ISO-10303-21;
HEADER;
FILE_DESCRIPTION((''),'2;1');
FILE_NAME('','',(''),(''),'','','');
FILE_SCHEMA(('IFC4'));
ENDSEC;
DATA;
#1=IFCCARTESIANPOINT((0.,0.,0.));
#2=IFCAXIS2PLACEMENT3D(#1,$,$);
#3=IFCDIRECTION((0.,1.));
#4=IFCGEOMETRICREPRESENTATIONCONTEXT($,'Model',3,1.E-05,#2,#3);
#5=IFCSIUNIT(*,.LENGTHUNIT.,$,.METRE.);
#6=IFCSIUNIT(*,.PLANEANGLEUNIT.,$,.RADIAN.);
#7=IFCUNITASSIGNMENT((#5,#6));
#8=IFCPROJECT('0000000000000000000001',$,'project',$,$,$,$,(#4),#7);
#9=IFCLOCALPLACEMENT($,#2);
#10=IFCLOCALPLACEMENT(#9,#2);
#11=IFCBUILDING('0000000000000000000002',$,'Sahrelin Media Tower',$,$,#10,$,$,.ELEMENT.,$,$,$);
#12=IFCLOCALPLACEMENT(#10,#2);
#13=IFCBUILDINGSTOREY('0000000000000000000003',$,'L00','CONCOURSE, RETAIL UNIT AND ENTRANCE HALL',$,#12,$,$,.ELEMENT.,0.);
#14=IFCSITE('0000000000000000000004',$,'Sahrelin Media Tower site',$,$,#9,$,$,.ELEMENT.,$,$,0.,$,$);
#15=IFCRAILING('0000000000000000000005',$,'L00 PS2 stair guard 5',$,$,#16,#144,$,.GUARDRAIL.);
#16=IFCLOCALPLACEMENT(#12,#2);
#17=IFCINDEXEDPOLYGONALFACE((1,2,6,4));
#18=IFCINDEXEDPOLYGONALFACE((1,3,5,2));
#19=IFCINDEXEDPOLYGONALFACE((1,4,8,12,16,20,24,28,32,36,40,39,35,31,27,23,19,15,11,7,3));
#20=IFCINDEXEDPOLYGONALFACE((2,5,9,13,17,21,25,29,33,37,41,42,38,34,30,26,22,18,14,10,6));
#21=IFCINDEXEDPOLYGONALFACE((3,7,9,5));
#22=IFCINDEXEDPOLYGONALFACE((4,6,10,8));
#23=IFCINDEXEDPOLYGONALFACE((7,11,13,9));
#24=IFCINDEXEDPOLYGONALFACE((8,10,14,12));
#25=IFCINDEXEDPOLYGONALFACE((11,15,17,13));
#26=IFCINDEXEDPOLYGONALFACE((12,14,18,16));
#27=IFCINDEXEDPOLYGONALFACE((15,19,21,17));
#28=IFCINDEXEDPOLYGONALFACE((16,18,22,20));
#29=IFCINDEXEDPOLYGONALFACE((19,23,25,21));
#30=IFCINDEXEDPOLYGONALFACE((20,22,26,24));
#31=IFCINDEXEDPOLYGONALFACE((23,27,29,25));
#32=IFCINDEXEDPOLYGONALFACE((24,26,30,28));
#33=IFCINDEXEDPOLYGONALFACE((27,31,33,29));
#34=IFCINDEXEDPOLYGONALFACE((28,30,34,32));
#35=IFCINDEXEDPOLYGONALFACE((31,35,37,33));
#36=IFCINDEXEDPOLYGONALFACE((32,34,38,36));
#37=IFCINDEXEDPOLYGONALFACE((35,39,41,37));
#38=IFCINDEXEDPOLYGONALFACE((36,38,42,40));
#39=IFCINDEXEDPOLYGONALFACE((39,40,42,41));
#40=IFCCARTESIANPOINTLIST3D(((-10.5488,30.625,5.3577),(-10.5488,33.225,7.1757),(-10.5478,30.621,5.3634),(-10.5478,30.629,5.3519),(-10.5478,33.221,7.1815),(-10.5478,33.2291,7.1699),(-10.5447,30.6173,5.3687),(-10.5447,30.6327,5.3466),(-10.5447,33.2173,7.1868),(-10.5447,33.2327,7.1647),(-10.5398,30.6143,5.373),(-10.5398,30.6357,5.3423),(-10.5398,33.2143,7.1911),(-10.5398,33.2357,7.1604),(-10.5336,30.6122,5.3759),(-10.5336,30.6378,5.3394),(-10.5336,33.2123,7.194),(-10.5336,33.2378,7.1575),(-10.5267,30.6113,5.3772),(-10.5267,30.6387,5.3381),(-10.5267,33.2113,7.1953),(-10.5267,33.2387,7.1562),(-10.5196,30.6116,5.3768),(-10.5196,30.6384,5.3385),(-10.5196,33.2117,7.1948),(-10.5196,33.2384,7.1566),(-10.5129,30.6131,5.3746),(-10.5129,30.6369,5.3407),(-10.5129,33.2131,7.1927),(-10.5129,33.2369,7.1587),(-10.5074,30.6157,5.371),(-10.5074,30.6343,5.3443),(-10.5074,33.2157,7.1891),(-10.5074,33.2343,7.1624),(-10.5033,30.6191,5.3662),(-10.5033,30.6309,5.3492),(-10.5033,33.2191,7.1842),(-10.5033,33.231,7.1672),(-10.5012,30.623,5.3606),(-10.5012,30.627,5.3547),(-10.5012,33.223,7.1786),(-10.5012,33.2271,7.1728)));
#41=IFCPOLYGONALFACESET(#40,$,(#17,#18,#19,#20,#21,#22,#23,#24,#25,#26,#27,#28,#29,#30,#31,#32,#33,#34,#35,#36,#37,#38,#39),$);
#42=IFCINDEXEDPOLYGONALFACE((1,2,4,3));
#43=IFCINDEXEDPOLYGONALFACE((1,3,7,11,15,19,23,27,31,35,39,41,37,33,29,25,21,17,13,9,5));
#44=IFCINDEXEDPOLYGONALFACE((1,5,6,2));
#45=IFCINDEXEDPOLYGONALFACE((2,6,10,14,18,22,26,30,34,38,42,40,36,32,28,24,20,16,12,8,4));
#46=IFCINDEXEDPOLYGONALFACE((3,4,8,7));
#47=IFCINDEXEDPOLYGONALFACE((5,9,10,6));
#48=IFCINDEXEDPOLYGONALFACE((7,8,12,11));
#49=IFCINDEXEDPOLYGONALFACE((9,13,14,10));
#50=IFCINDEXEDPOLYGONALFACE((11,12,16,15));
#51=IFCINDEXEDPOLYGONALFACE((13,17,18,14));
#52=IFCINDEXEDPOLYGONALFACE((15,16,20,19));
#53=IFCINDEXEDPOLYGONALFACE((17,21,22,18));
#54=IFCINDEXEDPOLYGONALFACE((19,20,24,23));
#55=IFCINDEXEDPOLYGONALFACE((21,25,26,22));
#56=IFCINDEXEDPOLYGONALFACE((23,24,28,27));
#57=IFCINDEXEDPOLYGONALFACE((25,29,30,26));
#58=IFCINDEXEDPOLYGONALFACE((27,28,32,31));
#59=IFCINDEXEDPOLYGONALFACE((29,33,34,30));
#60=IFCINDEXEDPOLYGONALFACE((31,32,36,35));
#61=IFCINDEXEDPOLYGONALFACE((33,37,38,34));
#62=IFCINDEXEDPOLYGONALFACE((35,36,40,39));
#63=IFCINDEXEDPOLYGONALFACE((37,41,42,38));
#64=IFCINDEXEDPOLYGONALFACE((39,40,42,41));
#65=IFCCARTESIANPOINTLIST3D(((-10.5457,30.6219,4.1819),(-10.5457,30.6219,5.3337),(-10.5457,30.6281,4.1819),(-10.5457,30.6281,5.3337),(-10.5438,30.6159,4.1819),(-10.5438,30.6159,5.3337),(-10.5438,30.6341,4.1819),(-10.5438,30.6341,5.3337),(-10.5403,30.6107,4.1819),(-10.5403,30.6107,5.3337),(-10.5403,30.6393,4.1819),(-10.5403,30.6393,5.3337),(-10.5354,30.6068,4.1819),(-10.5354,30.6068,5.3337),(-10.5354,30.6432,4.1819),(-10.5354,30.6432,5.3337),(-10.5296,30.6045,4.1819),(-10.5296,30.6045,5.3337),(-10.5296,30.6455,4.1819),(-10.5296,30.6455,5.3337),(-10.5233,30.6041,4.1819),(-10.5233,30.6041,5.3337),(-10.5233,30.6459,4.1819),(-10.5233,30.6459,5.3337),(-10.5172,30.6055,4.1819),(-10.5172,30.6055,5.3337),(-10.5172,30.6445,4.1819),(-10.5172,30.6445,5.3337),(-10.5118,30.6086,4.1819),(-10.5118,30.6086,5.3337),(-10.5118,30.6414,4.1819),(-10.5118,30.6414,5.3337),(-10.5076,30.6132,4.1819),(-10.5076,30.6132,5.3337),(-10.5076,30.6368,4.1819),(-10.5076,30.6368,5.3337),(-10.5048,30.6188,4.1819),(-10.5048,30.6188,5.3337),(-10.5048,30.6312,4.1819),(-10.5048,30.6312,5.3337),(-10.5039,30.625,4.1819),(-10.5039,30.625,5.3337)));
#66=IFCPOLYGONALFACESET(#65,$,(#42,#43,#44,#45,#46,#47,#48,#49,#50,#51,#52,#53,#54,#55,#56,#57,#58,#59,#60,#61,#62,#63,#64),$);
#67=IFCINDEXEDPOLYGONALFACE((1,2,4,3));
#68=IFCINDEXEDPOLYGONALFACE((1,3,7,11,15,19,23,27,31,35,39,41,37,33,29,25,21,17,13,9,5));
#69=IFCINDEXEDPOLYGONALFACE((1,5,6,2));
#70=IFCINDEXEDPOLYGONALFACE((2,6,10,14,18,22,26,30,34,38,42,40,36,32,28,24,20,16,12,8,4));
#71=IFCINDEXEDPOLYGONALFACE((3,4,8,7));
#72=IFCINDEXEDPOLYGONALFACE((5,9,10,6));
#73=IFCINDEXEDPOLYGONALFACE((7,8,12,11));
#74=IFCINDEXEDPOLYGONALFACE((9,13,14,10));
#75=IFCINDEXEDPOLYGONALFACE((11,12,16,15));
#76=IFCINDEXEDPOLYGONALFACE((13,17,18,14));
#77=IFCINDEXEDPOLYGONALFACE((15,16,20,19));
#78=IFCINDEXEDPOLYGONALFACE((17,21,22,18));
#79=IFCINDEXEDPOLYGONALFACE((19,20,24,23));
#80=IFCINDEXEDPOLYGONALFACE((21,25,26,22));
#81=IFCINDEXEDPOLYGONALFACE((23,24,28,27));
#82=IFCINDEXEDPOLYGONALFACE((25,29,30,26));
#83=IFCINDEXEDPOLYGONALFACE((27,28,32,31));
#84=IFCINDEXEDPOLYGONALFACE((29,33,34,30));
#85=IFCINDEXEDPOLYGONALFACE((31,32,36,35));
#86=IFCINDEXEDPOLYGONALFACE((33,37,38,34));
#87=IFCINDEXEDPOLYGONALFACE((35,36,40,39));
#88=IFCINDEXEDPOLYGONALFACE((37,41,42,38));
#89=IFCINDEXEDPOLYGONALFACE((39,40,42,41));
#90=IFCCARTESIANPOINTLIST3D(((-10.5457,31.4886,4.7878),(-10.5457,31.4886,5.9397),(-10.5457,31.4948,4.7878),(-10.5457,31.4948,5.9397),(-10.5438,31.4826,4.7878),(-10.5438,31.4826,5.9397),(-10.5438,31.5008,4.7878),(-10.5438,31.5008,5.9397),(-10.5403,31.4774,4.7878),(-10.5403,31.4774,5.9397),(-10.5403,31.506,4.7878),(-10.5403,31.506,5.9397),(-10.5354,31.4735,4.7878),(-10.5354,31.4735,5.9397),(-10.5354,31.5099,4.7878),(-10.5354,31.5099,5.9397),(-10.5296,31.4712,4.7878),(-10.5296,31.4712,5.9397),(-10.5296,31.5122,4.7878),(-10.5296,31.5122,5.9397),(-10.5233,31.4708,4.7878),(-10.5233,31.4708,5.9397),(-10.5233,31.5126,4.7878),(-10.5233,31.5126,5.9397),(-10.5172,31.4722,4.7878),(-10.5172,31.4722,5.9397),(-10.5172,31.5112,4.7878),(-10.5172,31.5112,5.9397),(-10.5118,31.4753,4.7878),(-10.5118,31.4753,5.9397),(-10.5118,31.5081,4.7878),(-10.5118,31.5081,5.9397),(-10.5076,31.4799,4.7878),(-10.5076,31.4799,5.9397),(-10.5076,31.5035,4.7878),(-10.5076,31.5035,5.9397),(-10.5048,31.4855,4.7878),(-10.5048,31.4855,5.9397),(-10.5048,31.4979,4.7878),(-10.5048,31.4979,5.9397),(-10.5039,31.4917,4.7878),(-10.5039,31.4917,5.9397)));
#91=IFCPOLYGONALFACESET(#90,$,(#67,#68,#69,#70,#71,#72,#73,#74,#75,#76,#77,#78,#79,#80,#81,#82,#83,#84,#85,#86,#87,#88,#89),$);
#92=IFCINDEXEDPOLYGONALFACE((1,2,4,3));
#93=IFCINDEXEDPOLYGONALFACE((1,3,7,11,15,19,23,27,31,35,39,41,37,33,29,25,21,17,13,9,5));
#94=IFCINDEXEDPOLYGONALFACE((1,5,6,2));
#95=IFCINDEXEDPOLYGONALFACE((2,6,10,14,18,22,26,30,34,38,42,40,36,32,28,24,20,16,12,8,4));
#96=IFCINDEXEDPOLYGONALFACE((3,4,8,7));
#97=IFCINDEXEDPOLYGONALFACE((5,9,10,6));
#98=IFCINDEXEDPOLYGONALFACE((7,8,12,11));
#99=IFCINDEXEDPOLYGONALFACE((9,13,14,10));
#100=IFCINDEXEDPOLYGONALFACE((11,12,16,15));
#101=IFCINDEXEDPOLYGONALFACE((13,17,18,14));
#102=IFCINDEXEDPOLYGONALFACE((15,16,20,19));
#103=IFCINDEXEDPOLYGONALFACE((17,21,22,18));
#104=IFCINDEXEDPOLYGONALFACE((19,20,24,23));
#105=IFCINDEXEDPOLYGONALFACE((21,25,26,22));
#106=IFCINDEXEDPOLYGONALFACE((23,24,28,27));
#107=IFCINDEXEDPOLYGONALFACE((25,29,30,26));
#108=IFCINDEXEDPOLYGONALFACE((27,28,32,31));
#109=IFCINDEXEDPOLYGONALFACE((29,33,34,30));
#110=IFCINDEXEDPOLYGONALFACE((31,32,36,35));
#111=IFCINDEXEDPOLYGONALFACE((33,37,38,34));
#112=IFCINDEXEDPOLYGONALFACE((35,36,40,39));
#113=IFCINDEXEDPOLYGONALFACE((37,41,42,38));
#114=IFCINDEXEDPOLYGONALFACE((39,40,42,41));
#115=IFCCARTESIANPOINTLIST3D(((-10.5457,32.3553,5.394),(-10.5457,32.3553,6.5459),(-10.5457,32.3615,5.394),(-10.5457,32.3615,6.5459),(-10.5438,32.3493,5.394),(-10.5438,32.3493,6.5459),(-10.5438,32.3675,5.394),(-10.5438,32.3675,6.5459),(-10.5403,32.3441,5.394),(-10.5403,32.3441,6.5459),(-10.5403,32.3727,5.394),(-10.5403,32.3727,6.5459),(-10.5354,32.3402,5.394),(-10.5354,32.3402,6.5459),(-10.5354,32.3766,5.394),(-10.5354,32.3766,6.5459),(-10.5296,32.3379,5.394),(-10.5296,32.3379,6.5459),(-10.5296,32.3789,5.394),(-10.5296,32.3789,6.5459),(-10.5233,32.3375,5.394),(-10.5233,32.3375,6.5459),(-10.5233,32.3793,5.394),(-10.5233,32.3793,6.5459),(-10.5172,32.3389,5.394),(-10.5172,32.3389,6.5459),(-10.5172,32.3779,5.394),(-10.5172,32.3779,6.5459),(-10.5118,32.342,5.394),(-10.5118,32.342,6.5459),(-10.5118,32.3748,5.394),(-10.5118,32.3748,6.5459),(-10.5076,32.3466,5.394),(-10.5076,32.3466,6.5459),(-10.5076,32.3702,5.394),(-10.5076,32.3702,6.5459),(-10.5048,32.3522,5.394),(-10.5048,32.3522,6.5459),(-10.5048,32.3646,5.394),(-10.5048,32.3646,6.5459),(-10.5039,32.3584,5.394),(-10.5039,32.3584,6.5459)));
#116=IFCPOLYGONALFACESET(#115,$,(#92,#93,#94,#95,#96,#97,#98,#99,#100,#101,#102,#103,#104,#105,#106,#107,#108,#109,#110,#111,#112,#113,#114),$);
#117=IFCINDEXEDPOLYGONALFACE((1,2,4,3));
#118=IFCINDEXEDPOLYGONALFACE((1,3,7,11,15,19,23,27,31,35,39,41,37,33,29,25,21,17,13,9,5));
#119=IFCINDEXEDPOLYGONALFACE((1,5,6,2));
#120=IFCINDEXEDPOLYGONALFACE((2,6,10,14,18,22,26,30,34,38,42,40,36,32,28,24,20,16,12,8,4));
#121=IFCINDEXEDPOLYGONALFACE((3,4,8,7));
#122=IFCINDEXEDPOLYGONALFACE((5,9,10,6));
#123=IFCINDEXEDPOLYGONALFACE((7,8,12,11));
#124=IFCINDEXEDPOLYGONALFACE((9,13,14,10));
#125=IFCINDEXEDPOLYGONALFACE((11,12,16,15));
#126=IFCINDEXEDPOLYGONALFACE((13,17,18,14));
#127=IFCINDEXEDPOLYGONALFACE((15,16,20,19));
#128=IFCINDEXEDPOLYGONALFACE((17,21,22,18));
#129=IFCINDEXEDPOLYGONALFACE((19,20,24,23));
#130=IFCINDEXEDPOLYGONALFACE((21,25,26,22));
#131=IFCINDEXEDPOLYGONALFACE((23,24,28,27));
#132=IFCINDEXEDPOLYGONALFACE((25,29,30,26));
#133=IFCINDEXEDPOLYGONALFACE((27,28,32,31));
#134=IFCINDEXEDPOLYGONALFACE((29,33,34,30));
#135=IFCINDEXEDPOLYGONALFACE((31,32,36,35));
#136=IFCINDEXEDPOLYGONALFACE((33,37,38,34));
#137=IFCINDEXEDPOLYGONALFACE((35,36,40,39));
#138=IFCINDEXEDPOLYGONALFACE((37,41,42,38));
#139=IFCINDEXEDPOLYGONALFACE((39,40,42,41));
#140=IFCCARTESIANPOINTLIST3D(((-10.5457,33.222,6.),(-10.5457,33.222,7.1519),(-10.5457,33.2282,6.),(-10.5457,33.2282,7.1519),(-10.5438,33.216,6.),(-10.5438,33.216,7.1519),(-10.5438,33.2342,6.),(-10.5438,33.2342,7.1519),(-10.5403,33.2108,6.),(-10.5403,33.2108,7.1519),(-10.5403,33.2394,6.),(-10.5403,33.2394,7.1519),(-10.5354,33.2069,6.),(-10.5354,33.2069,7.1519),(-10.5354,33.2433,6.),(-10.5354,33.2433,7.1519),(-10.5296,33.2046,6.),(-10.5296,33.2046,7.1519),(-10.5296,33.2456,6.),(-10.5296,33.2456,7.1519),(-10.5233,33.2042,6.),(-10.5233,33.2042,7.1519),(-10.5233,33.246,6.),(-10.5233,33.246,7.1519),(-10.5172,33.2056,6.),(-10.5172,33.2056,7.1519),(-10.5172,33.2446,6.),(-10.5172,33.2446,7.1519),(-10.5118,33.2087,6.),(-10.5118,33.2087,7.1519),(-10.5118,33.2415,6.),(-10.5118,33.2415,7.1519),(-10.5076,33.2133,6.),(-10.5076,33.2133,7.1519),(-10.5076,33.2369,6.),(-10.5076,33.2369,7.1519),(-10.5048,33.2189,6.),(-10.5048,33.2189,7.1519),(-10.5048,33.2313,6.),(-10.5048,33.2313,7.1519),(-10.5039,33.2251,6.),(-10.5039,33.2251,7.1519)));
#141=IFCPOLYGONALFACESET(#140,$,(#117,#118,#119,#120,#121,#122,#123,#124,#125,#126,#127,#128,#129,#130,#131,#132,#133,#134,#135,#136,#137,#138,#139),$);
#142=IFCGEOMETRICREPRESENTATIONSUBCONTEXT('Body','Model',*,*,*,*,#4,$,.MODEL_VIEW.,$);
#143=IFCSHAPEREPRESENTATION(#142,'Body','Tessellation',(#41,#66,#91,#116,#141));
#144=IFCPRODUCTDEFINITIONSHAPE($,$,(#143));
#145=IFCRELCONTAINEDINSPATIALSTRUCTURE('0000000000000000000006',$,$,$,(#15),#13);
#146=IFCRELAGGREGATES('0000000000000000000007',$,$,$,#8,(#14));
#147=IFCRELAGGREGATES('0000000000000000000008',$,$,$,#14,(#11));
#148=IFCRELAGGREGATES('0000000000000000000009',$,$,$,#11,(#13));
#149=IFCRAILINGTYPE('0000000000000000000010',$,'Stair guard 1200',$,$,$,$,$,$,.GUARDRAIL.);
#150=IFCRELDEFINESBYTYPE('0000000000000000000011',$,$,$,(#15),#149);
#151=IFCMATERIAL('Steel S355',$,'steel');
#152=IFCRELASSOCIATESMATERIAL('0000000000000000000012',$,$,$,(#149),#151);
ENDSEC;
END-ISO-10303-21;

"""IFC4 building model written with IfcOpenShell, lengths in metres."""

from ifc_helpers import new_model, si_unit, direction, frame, origin, origin_2d, place, context, subcontext, project, spatial, circle, extrude, material, type_object, element, save


model = new_model("IFC4")

# Units and contexts
model_context = context("Model", 3, precision=1e-05, world=origin(), true_north=direction((0.0, 1.0)))
body_context = subcontext(model_context, "Body", "Model", "MODEL_VIEW")
ifc_project = project(units=[si_unit("LENGTHUNIT", "METRE"), si_unit("PLANEANGLEUNIT", "RADIAN")], contexts=[model_context])

# Site, building, storey
site_placement = place(None, origin())
site = spatial("IfcSite", under=ifc_project, at=site_placement, Name="Sahrelin Media Tower site", CompositionType="ELEMENT", RefElevation=0.0)
building_placement = place(site_placement, origin())
building = spatial("IfcBuilding", under=site, at=building_placement, Name="Sahrelin Media Tower", CompositionType="ELEMENT")
storey_placement = place(building_placement, origin())
storey = spatial("IfcBuildingStorey", under=building, at=storey_placement, Name="L00", Description="CONCOURSE, RETAIL UNIT AND ENTRANCE HALL", CompositionType="ELEMENT", Elevation=0.0)

# Shared definitions
ifc_material_1 = material(Name="Steel S355", Category="steel")

# Railing
railing_type_1 = type_object("IfcRailingType", Name="Stair guard 1200", PredefinedType="GUARDRAIL", material=ifc_material_1)
railing_1_placement = place(storey_placement, frame((-10.5249, 30.625, 4.1819)))
element("IfcRailing", 1, at=railing_1_placement, inside=storey, type_object=railing_type_1, Name="L00 PS2 stair guard 5", PredefinedType="GUARDRAIL", context=body_context, shape_type="SweptSolid", body=[
    extrude(circle(Radius=0.0239, at=origin_2d()), frame((0.0, 0.0, 1.1758), z_axis=(0.0, 0.819521, 0.573049), x_axis=(-1.0, 0.0, 0.0)), (0.0, 0.0, 1.0), 3.1726),
    extrude(circle(Radius=0.021, at=origin_2d()), origin(), (0.0, 0.0, 1.0), 1.1519),
    extrude(circle(Radius=0.021, at=origin_2d()), frame((0.0, 0.8667, 0.606)), (0.0, 0.0, 1.0), 1.1519),
    extrude(circle(Radius=0.021, at=origin_2d()), frame((0.0, 1.7334, 1.2122)), (0.0, 0.0, 1.0), 1.1519),
    extrude(circle(Radius=0.021, at=origin_2d()), frame((0.0, 2.6001, 1.8181)), (0.0, 0.0, 1.0), 1.1519),
])

save(model, "model.ifc")
